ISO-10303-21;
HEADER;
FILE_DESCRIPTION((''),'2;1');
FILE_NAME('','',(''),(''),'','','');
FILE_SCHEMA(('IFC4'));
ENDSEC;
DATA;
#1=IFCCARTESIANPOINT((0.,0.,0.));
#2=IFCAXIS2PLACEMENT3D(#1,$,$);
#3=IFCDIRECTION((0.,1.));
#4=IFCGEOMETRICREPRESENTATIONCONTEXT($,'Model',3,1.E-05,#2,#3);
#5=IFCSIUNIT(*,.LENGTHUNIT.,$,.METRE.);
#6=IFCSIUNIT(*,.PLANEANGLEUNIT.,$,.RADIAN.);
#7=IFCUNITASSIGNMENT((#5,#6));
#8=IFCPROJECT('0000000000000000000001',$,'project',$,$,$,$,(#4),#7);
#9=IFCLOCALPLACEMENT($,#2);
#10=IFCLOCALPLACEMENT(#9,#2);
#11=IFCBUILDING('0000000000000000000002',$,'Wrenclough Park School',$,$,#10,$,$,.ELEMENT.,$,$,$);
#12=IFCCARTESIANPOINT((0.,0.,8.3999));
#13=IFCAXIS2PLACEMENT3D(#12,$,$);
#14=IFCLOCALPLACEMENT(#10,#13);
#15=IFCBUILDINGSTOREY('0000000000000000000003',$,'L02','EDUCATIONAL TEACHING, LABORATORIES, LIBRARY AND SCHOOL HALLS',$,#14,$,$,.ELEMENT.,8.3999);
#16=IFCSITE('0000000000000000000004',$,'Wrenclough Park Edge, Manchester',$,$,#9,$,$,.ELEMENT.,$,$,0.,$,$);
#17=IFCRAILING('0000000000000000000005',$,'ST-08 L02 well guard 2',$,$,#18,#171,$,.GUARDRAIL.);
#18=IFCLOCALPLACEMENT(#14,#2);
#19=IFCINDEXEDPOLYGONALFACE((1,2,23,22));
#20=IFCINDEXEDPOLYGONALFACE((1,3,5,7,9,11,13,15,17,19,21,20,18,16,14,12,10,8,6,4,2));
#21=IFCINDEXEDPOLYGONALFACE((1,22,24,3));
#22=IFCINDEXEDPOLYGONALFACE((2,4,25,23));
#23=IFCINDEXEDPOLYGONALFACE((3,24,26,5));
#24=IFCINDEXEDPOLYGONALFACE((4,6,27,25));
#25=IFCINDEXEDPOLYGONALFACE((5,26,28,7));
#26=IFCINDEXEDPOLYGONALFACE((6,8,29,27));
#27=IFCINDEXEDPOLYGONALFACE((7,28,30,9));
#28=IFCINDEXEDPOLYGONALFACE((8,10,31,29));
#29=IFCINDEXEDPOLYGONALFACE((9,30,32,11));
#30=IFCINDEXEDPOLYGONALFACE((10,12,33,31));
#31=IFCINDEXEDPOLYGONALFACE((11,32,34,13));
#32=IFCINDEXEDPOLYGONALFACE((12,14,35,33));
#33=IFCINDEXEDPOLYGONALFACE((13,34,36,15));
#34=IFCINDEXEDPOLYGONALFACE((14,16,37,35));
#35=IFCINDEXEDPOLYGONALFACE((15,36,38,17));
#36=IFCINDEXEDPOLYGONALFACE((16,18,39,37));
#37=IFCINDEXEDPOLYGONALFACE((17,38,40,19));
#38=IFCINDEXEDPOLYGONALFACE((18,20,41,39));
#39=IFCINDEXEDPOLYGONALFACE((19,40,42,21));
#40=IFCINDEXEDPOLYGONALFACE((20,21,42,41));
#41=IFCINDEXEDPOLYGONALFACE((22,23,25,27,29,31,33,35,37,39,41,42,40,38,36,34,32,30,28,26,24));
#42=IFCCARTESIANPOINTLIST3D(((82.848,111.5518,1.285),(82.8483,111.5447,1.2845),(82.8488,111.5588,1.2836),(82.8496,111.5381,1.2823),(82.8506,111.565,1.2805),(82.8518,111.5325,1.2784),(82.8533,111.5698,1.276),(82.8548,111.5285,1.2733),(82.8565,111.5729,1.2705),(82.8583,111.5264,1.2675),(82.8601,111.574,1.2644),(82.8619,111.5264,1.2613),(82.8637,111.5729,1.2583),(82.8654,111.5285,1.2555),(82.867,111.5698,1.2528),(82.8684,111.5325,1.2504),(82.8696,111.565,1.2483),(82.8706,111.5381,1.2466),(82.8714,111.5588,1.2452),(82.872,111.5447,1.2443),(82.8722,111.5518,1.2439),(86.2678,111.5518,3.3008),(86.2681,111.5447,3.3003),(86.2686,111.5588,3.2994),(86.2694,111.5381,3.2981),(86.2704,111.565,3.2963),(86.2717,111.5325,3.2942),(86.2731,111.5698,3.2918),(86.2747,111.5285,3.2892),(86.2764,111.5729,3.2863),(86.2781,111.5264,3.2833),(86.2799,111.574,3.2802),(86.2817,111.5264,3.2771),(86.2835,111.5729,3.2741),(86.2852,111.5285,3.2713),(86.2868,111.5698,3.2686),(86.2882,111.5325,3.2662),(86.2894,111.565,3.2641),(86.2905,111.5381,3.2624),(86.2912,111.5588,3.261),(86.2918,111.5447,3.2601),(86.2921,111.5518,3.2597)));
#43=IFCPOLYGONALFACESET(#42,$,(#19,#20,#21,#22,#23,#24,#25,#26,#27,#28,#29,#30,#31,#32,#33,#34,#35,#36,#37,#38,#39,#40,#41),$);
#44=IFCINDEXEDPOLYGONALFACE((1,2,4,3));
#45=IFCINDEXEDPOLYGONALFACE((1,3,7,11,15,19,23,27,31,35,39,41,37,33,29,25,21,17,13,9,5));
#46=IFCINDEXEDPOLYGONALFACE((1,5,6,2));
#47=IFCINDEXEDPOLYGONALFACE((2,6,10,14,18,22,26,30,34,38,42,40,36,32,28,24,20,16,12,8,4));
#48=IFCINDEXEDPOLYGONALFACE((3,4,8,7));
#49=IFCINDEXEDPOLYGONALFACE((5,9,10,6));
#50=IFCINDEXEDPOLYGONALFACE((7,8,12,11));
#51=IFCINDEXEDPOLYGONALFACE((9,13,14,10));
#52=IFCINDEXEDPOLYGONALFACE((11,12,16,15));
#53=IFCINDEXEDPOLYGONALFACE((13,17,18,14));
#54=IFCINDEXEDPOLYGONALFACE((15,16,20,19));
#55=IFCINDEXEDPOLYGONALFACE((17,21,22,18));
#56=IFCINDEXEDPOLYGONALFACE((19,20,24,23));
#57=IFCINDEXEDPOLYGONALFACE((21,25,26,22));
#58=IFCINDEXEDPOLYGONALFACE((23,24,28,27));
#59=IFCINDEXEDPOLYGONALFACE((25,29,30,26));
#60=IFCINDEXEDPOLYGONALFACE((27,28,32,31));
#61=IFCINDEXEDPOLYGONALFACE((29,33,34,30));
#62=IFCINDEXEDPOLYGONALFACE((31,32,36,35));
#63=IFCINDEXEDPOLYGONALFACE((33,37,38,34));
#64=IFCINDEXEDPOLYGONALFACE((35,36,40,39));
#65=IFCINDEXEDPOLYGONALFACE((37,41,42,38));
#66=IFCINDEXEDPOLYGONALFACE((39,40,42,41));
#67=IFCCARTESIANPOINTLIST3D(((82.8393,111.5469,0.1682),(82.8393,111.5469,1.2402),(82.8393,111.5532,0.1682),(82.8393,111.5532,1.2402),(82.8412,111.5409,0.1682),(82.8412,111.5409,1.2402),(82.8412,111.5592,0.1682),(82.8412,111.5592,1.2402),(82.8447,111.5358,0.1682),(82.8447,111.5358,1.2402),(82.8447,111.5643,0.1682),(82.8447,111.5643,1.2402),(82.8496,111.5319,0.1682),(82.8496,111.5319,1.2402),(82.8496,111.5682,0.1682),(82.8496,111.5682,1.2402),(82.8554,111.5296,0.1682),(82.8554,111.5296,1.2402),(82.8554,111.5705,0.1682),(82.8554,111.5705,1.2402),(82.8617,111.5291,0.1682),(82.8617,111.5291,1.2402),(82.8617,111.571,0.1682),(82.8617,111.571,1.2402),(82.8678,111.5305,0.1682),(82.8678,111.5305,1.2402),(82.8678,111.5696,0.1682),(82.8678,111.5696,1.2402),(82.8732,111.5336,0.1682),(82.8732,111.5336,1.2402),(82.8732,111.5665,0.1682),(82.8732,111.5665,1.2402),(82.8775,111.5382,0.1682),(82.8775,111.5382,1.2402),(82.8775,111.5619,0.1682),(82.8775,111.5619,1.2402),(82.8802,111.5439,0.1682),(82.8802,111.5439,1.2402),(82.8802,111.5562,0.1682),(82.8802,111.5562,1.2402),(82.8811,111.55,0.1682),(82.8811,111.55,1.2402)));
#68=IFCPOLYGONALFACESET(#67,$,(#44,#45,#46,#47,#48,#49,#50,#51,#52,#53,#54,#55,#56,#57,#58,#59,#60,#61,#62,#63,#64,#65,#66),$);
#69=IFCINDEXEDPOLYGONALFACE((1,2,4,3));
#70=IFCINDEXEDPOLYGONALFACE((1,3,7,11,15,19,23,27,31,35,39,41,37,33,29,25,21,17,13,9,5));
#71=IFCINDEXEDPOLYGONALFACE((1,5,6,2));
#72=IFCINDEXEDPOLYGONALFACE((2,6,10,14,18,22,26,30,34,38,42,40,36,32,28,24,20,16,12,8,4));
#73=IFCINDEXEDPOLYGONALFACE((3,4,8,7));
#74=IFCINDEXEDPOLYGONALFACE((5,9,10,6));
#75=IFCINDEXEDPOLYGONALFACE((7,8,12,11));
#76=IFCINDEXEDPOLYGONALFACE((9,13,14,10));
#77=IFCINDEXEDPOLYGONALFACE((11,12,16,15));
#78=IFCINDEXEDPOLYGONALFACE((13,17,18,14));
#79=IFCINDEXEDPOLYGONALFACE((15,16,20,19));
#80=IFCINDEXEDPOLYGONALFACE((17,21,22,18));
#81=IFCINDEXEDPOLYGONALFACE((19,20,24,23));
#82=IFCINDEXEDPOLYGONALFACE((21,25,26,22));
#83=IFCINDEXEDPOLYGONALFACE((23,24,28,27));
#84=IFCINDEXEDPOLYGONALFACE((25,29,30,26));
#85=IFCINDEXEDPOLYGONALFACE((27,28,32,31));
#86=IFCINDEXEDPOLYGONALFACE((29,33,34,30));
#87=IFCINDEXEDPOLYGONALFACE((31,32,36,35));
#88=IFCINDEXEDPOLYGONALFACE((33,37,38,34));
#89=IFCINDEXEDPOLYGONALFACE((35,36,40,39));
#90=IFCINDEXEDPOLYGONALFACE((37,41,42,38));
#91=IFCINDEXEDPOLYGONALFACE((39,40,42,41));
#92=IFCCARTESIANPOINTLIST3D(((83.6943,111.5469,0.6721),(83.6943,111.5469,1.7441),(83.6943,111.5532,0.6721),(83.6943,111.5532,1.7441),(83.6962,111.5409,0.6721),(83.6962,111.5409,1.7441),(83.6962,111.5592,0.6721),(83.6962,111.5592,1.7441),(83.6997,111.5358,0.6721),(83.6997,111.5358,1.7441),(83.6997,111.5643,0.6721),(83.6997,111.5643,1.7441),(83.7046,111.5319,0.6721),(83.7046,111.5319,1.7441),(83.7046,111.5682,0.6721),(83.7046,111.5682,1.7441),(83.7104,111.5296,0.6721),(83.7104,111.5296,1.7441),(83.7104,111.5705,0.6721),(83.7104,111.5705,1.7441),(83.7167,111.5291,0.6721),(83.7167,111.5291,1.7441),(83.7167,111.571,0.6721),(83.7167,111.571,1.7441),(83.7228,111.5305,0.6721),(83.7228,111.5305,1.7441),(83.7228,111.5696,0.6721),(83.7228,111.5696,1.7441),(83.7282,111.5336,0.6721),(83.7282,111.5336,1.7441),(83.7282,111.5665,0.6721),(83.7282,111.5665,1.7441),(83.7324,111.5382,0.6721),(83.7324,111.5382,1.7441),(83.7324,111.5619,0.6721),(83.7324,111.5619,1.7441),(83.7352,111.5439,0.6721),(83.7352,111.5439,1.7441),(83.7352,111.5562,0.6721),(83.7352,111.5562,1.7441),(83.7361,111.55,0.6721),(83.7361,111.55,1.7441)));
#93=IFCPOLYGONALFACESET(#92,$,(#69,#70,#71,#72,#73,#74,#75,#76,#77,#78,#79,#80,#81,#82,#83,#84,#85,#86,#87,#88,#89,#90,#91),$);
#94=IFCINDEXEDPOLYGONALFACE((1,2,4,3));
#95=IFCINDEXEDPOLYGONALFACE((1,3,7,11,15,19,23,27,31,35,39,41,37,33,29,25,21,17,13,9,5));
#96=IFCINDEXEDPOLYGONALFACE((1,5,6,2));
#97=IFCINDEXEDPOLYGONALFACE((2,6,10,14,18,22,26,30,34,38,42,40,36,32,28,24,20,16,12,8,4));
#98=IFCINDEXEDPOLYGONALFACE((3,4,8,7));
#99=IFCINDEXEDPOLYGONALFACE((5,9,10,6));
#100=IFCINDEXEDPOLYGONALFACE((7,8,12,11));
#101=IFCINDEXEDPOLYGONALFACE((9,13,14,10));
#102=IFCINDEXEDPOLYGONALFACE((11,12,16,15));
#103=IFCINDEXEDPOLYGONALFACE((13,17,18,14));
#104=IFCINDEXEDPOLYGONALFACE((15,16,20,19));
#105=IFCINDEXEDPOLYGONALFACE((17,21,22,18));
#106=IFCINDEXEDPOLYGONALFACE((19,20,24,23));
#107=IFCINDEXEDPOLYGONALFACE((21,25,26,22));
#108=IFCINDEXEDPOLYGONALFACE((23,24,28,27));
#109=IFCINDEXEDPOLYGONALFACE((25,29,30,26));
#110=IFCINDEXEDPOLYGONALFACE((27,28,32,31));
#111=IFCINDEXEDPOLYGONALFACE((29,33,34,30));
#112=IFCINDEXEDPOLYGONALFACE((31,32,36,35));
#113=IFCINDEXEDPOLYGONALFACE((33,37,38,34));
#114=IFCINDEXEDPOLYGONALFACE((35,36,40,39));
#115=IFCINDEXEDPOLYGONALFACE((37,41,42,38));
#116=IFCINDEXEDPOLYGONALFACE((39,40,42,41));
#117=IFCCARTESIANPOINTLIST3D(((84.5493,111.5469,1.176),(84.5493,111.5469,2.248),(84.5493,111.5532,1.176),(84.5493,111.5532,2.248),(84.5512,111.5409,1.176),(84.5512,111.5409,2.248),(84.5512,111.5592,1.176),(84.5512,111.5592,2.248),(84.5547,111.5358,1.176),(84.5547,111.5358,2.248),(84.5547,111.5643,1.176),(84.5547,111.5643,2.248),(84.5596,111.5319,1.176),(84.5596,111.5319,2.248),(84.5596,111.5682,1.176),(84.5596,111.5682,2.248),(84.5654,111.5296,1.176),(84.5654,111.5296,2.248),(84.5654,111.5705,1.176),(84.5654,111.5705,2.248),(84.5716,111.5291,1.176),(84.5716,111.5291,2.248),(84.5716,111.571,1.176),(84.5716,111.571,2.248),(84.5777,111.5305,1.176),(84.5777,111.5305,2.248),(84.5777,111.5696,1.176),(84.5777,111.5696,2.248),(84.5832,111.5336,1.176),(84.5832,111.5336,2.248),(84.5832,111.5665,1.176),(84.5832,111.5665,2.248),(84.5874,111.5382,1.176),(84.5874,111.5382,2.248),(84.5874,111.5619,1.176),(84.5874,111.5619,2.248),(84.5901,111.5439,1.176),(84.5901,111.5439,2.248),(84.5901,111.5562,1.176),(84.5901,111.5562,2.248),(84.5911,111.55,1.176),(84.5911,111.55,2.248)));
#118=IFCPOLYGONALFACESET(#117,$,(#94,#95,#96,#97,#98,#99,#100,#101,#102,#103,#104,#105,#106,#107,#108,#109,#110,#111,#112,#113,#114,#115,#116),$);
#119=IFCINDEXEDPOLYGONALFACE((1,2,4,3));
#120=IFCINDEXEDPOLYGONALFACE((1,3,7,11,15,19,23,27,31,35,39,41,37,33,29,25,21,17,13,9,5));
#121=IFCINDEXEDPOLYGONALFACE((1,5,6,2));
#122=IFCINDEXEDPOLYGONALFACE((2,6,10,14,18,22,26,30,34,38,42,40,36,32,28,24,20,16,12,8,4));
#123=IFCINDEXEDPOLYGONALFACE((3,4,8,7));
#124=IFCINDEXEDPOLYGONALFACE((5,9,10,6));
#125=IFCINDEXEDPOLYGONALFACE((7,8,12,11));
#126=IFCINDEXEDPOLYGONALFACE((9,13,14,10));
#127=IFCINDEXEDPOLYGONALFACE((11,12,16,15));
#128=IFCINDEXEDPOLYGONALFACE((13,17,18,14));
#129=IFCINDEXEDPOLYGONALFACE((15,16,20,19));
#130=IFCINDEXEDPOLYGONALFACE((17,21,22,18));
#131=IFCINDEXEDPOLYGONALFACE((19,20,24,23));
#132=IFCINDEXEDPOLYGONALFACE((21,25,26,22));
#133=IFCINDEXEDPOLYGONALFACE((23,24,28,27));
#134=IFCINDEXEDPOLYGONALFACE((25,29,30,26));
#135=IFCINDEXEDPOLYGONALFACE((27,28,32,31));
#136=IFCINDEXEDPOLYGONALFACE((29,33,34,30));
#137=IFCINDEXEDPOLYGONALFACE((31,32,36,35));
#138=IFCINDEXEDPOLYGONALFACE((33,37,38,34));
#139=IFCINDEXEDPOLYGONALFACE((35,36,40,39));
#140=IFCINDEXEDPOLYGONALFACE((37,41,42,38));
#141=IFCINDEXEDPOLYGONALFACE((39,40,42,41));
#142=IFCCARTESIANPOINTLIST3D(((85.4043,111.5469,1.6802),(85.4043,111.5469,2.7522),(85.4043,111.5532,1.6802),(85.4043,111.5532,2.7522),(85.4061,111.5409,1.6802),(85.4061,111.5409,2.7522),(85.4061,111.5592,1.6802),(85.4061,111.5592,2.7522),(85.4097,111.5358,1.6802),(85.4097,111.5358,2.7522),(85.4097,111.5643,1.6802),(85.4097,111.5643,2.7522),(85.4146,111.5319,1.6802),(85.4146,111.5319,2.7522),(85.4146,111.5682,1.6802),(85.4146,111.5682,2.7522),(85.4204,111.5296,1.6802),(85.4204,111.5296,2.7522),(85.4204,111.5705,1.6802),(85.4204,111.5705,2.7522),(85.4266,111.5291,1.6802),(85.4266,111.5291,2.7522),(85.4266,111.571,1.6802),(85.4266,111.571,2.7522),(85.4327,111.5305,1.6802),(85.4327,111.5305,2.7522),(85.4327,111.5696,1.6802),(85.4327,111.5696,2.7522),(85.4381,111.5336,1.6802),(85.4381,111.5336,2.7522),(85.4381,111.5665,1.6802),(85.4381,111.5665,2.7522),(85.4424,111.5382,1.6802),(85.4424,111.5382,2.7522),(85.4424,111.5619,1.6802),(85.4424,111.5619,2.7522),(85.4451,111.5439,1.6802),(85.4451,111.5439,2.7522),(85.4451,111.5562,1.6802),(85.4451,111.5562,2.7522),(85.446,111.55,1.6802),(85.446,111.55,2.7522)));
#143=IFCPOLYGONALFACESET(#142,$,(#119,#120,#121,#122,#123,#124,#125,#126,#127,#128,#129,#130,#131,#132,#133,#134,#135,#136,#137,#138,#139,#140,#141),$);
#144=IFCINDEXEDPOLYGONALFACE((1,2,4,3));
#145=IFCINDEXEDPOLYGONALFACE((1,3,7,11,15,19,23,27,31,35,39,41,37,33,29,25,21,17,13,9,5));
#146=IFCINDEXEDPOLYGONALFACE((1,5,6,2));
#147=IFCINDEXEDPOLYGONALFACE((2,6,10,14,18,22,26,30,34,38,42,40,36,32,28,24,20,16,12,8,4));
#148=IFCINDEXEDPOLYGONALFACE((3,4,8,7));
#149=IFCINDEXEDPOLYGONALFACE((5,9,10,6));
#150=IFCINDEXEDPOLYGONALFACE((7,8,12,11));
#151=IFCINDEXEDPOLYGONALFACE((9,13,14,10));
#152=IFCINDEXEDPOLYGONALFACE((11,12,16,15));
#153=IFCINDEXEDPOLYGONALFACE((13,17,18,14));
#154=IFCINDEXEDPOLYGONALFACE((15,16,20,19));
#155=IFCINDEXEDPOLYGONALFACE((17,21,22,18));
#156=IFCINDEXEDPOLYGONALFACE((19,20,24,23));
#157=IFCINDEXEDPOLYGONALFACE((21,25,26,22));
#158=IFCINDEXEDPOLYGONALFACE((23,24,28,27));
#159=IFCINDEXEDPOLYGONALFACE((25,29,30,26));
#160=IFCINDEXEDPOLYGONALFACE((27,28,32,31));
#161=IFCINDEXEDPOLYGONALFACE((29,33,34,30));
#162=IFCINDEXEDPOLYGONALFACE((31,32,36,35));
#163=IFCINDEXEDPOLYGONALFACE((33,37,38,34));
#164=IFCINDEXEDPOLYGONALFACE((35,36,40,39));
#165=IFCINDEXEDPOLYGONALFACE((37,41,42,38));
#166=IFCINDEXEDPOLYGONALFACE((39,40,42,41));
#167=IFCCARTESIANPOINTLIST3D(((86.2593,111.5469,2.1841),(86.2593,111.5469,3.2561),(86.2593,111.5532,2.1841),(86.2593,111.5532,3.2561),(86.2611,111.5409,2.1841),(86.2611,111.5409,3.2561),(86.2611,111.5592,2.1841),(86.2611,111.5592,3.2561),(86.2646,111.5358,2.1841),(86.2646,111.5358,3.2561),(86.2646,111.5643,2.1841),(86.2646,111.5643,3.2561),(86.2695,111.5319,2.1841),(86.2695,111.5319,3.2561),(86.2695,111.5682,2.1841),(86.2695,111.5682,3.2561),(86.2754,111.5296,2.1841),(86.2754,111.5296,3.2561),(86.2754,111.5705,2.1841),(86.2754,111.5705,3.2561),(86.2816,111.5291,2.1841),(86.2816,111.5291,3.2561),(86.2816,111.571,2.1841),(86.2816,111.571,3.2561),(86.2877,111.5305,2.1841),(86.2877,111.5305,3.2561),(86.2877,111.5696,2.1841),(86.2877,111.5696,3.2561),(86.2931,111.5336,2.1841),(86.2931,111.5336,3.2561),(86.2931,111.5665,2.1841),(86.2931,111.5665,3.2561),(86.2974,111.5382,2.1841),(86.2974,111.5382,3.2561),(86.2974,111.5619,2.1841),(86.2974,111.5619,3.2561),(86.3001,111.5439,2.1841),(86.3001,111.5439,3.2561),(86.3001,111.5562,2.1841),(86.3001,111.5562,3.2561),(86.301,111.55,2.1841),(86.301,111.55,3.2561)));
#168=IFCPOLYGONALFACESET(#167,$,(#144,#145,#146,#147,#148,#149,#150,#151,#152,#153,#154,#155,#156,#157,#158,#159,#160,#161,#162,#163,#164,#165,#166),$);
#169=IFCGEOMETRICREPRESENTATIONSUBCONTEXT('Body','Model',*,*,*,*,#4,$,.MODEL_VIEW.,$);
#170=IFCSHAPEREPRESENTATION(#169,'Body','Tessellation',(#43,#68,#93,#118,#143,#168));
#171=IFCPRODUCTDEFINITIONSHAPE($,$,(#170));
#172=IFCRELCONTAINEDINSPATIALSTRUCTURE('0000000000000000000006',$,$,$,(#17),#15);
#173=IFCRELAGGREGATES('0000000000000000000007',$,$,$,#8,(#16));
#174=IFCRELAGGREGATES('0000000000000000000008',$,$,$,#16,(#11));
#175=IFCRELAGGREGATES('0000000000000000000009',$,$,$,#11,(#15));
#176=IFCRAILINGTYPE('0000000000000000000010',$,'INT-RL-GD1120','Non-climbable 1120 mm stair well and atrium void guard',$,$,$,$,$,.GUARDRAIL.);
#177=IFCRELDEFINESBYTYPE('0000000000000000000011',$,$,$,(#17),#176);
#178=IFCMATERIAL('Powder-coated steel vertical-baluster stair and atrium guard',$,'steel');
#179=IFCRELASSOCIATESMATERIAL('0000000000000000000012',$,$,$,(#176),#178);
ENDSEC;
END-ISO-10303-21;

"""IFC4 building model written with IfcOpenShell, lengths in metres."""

from ifc_helpers import new_model, si_unit, direction, frame, origin, origin_2d, place, context, subcontext, project, spatial, circle, extrude, material, type_object, element, save


model = new_model("IFC4")

# Units and contexts
model_context = context("Model", 3, precision=1e-05, world=origin(), true_north=direction((0.0, 1.0)))
body_context = subcontext(model_context, "Body", "Model", "MODEL_VIEW")
ifc_project = project(units=[si_unit("LENGTHUNIT", "METRE"), si_unit("PLANEANGLEUNIT", "RADIAN")], contexts=[model_context])

# Site, building, storey
site_placement = place(None, origin())
site = spatial("IfcSite", under=ifc_project, at=site_placement, Name="Wrenclough Park Edge, Manchester", CompositionType="ELEMENT", RefElevation=0.0)
building_placement = place(site_placement, origin())
building = spatial("IfcBuilding", under=site, at=building_placement, Name="Wrenclough Park School", CompositionType="ELEMENT")
storey_placement = place(building_placement, frame((0.0, 0.0, 8.3999)))
storey = spatial("IfcBuildingStorey", under=building, at=storey_placement, Name="L02", Description="EDUCATIONAL TEACHING, LABORATORIES, LIBRARY AND SCHOOL HALLS", CompositionType="ELEMENT", Elevation=8.3999)

# Railing
ifc_material_1 = material(Name="Powder-coated steel vertical-baluster stair and atrium guard", Category="steel")
railing_type_1 = type_object("IfcRailingType", Name="INT-RL-GD1120", Description="Non-climbable 1120 mm stair well and atrium void guard", PredefinedType="GUARDRAIL", material=ifc_material_1)
railing_1_placement = place(storey_placement, frame((82.8601, 111.55, 0.1682)))
element("IfcRailing", 1, at=railing_1_placement, inside=storey, type_object=railing_type_1, Name="ST-08 L02 well guard 2", PredefinedType="GUARDRAIL", context=body_context, shape_type="SweptSolid", body=[
    extrude(circle(Radius=0.0239, at=origin_2d()), frame((0.0, 0.0, 1.0962), z_axis=(0.861477, 0.0, 0.507797), x_axis=(0.0, 1.0, 0.0)), (0.0, 0.0, 1.0), 3.9697),
    extrude(circle(Radius=0.021, at=origin_2d()), origin(), (0.0, 0.0, 1.0), 1.072),
    extrude(circle(Radius=0.021, at=origin_2d()), frame((0.855, 0.0, 0.5039)), (0.0, 0.0, 1.0), 1.072),
    extrude(circle(Radius=0.021, at=origin_2d()), frame((1.71, 0.0, 1.0078)), (0.0, 0.0, 1.0), 1.072),
    extrude(circle(Radius=0.021, at=origin_2d()), frame((2.5649, 0.0, 1.512)), (0.0, 0.0, 1.0), 1.072),
    extrude(circle(Radius=0.021, at=origin_2d()), frame((3.4199, 0.0, 2.0159)), (0.0, 0.0, 1.0), 1.072),
])

save(model, "model.ifc")
